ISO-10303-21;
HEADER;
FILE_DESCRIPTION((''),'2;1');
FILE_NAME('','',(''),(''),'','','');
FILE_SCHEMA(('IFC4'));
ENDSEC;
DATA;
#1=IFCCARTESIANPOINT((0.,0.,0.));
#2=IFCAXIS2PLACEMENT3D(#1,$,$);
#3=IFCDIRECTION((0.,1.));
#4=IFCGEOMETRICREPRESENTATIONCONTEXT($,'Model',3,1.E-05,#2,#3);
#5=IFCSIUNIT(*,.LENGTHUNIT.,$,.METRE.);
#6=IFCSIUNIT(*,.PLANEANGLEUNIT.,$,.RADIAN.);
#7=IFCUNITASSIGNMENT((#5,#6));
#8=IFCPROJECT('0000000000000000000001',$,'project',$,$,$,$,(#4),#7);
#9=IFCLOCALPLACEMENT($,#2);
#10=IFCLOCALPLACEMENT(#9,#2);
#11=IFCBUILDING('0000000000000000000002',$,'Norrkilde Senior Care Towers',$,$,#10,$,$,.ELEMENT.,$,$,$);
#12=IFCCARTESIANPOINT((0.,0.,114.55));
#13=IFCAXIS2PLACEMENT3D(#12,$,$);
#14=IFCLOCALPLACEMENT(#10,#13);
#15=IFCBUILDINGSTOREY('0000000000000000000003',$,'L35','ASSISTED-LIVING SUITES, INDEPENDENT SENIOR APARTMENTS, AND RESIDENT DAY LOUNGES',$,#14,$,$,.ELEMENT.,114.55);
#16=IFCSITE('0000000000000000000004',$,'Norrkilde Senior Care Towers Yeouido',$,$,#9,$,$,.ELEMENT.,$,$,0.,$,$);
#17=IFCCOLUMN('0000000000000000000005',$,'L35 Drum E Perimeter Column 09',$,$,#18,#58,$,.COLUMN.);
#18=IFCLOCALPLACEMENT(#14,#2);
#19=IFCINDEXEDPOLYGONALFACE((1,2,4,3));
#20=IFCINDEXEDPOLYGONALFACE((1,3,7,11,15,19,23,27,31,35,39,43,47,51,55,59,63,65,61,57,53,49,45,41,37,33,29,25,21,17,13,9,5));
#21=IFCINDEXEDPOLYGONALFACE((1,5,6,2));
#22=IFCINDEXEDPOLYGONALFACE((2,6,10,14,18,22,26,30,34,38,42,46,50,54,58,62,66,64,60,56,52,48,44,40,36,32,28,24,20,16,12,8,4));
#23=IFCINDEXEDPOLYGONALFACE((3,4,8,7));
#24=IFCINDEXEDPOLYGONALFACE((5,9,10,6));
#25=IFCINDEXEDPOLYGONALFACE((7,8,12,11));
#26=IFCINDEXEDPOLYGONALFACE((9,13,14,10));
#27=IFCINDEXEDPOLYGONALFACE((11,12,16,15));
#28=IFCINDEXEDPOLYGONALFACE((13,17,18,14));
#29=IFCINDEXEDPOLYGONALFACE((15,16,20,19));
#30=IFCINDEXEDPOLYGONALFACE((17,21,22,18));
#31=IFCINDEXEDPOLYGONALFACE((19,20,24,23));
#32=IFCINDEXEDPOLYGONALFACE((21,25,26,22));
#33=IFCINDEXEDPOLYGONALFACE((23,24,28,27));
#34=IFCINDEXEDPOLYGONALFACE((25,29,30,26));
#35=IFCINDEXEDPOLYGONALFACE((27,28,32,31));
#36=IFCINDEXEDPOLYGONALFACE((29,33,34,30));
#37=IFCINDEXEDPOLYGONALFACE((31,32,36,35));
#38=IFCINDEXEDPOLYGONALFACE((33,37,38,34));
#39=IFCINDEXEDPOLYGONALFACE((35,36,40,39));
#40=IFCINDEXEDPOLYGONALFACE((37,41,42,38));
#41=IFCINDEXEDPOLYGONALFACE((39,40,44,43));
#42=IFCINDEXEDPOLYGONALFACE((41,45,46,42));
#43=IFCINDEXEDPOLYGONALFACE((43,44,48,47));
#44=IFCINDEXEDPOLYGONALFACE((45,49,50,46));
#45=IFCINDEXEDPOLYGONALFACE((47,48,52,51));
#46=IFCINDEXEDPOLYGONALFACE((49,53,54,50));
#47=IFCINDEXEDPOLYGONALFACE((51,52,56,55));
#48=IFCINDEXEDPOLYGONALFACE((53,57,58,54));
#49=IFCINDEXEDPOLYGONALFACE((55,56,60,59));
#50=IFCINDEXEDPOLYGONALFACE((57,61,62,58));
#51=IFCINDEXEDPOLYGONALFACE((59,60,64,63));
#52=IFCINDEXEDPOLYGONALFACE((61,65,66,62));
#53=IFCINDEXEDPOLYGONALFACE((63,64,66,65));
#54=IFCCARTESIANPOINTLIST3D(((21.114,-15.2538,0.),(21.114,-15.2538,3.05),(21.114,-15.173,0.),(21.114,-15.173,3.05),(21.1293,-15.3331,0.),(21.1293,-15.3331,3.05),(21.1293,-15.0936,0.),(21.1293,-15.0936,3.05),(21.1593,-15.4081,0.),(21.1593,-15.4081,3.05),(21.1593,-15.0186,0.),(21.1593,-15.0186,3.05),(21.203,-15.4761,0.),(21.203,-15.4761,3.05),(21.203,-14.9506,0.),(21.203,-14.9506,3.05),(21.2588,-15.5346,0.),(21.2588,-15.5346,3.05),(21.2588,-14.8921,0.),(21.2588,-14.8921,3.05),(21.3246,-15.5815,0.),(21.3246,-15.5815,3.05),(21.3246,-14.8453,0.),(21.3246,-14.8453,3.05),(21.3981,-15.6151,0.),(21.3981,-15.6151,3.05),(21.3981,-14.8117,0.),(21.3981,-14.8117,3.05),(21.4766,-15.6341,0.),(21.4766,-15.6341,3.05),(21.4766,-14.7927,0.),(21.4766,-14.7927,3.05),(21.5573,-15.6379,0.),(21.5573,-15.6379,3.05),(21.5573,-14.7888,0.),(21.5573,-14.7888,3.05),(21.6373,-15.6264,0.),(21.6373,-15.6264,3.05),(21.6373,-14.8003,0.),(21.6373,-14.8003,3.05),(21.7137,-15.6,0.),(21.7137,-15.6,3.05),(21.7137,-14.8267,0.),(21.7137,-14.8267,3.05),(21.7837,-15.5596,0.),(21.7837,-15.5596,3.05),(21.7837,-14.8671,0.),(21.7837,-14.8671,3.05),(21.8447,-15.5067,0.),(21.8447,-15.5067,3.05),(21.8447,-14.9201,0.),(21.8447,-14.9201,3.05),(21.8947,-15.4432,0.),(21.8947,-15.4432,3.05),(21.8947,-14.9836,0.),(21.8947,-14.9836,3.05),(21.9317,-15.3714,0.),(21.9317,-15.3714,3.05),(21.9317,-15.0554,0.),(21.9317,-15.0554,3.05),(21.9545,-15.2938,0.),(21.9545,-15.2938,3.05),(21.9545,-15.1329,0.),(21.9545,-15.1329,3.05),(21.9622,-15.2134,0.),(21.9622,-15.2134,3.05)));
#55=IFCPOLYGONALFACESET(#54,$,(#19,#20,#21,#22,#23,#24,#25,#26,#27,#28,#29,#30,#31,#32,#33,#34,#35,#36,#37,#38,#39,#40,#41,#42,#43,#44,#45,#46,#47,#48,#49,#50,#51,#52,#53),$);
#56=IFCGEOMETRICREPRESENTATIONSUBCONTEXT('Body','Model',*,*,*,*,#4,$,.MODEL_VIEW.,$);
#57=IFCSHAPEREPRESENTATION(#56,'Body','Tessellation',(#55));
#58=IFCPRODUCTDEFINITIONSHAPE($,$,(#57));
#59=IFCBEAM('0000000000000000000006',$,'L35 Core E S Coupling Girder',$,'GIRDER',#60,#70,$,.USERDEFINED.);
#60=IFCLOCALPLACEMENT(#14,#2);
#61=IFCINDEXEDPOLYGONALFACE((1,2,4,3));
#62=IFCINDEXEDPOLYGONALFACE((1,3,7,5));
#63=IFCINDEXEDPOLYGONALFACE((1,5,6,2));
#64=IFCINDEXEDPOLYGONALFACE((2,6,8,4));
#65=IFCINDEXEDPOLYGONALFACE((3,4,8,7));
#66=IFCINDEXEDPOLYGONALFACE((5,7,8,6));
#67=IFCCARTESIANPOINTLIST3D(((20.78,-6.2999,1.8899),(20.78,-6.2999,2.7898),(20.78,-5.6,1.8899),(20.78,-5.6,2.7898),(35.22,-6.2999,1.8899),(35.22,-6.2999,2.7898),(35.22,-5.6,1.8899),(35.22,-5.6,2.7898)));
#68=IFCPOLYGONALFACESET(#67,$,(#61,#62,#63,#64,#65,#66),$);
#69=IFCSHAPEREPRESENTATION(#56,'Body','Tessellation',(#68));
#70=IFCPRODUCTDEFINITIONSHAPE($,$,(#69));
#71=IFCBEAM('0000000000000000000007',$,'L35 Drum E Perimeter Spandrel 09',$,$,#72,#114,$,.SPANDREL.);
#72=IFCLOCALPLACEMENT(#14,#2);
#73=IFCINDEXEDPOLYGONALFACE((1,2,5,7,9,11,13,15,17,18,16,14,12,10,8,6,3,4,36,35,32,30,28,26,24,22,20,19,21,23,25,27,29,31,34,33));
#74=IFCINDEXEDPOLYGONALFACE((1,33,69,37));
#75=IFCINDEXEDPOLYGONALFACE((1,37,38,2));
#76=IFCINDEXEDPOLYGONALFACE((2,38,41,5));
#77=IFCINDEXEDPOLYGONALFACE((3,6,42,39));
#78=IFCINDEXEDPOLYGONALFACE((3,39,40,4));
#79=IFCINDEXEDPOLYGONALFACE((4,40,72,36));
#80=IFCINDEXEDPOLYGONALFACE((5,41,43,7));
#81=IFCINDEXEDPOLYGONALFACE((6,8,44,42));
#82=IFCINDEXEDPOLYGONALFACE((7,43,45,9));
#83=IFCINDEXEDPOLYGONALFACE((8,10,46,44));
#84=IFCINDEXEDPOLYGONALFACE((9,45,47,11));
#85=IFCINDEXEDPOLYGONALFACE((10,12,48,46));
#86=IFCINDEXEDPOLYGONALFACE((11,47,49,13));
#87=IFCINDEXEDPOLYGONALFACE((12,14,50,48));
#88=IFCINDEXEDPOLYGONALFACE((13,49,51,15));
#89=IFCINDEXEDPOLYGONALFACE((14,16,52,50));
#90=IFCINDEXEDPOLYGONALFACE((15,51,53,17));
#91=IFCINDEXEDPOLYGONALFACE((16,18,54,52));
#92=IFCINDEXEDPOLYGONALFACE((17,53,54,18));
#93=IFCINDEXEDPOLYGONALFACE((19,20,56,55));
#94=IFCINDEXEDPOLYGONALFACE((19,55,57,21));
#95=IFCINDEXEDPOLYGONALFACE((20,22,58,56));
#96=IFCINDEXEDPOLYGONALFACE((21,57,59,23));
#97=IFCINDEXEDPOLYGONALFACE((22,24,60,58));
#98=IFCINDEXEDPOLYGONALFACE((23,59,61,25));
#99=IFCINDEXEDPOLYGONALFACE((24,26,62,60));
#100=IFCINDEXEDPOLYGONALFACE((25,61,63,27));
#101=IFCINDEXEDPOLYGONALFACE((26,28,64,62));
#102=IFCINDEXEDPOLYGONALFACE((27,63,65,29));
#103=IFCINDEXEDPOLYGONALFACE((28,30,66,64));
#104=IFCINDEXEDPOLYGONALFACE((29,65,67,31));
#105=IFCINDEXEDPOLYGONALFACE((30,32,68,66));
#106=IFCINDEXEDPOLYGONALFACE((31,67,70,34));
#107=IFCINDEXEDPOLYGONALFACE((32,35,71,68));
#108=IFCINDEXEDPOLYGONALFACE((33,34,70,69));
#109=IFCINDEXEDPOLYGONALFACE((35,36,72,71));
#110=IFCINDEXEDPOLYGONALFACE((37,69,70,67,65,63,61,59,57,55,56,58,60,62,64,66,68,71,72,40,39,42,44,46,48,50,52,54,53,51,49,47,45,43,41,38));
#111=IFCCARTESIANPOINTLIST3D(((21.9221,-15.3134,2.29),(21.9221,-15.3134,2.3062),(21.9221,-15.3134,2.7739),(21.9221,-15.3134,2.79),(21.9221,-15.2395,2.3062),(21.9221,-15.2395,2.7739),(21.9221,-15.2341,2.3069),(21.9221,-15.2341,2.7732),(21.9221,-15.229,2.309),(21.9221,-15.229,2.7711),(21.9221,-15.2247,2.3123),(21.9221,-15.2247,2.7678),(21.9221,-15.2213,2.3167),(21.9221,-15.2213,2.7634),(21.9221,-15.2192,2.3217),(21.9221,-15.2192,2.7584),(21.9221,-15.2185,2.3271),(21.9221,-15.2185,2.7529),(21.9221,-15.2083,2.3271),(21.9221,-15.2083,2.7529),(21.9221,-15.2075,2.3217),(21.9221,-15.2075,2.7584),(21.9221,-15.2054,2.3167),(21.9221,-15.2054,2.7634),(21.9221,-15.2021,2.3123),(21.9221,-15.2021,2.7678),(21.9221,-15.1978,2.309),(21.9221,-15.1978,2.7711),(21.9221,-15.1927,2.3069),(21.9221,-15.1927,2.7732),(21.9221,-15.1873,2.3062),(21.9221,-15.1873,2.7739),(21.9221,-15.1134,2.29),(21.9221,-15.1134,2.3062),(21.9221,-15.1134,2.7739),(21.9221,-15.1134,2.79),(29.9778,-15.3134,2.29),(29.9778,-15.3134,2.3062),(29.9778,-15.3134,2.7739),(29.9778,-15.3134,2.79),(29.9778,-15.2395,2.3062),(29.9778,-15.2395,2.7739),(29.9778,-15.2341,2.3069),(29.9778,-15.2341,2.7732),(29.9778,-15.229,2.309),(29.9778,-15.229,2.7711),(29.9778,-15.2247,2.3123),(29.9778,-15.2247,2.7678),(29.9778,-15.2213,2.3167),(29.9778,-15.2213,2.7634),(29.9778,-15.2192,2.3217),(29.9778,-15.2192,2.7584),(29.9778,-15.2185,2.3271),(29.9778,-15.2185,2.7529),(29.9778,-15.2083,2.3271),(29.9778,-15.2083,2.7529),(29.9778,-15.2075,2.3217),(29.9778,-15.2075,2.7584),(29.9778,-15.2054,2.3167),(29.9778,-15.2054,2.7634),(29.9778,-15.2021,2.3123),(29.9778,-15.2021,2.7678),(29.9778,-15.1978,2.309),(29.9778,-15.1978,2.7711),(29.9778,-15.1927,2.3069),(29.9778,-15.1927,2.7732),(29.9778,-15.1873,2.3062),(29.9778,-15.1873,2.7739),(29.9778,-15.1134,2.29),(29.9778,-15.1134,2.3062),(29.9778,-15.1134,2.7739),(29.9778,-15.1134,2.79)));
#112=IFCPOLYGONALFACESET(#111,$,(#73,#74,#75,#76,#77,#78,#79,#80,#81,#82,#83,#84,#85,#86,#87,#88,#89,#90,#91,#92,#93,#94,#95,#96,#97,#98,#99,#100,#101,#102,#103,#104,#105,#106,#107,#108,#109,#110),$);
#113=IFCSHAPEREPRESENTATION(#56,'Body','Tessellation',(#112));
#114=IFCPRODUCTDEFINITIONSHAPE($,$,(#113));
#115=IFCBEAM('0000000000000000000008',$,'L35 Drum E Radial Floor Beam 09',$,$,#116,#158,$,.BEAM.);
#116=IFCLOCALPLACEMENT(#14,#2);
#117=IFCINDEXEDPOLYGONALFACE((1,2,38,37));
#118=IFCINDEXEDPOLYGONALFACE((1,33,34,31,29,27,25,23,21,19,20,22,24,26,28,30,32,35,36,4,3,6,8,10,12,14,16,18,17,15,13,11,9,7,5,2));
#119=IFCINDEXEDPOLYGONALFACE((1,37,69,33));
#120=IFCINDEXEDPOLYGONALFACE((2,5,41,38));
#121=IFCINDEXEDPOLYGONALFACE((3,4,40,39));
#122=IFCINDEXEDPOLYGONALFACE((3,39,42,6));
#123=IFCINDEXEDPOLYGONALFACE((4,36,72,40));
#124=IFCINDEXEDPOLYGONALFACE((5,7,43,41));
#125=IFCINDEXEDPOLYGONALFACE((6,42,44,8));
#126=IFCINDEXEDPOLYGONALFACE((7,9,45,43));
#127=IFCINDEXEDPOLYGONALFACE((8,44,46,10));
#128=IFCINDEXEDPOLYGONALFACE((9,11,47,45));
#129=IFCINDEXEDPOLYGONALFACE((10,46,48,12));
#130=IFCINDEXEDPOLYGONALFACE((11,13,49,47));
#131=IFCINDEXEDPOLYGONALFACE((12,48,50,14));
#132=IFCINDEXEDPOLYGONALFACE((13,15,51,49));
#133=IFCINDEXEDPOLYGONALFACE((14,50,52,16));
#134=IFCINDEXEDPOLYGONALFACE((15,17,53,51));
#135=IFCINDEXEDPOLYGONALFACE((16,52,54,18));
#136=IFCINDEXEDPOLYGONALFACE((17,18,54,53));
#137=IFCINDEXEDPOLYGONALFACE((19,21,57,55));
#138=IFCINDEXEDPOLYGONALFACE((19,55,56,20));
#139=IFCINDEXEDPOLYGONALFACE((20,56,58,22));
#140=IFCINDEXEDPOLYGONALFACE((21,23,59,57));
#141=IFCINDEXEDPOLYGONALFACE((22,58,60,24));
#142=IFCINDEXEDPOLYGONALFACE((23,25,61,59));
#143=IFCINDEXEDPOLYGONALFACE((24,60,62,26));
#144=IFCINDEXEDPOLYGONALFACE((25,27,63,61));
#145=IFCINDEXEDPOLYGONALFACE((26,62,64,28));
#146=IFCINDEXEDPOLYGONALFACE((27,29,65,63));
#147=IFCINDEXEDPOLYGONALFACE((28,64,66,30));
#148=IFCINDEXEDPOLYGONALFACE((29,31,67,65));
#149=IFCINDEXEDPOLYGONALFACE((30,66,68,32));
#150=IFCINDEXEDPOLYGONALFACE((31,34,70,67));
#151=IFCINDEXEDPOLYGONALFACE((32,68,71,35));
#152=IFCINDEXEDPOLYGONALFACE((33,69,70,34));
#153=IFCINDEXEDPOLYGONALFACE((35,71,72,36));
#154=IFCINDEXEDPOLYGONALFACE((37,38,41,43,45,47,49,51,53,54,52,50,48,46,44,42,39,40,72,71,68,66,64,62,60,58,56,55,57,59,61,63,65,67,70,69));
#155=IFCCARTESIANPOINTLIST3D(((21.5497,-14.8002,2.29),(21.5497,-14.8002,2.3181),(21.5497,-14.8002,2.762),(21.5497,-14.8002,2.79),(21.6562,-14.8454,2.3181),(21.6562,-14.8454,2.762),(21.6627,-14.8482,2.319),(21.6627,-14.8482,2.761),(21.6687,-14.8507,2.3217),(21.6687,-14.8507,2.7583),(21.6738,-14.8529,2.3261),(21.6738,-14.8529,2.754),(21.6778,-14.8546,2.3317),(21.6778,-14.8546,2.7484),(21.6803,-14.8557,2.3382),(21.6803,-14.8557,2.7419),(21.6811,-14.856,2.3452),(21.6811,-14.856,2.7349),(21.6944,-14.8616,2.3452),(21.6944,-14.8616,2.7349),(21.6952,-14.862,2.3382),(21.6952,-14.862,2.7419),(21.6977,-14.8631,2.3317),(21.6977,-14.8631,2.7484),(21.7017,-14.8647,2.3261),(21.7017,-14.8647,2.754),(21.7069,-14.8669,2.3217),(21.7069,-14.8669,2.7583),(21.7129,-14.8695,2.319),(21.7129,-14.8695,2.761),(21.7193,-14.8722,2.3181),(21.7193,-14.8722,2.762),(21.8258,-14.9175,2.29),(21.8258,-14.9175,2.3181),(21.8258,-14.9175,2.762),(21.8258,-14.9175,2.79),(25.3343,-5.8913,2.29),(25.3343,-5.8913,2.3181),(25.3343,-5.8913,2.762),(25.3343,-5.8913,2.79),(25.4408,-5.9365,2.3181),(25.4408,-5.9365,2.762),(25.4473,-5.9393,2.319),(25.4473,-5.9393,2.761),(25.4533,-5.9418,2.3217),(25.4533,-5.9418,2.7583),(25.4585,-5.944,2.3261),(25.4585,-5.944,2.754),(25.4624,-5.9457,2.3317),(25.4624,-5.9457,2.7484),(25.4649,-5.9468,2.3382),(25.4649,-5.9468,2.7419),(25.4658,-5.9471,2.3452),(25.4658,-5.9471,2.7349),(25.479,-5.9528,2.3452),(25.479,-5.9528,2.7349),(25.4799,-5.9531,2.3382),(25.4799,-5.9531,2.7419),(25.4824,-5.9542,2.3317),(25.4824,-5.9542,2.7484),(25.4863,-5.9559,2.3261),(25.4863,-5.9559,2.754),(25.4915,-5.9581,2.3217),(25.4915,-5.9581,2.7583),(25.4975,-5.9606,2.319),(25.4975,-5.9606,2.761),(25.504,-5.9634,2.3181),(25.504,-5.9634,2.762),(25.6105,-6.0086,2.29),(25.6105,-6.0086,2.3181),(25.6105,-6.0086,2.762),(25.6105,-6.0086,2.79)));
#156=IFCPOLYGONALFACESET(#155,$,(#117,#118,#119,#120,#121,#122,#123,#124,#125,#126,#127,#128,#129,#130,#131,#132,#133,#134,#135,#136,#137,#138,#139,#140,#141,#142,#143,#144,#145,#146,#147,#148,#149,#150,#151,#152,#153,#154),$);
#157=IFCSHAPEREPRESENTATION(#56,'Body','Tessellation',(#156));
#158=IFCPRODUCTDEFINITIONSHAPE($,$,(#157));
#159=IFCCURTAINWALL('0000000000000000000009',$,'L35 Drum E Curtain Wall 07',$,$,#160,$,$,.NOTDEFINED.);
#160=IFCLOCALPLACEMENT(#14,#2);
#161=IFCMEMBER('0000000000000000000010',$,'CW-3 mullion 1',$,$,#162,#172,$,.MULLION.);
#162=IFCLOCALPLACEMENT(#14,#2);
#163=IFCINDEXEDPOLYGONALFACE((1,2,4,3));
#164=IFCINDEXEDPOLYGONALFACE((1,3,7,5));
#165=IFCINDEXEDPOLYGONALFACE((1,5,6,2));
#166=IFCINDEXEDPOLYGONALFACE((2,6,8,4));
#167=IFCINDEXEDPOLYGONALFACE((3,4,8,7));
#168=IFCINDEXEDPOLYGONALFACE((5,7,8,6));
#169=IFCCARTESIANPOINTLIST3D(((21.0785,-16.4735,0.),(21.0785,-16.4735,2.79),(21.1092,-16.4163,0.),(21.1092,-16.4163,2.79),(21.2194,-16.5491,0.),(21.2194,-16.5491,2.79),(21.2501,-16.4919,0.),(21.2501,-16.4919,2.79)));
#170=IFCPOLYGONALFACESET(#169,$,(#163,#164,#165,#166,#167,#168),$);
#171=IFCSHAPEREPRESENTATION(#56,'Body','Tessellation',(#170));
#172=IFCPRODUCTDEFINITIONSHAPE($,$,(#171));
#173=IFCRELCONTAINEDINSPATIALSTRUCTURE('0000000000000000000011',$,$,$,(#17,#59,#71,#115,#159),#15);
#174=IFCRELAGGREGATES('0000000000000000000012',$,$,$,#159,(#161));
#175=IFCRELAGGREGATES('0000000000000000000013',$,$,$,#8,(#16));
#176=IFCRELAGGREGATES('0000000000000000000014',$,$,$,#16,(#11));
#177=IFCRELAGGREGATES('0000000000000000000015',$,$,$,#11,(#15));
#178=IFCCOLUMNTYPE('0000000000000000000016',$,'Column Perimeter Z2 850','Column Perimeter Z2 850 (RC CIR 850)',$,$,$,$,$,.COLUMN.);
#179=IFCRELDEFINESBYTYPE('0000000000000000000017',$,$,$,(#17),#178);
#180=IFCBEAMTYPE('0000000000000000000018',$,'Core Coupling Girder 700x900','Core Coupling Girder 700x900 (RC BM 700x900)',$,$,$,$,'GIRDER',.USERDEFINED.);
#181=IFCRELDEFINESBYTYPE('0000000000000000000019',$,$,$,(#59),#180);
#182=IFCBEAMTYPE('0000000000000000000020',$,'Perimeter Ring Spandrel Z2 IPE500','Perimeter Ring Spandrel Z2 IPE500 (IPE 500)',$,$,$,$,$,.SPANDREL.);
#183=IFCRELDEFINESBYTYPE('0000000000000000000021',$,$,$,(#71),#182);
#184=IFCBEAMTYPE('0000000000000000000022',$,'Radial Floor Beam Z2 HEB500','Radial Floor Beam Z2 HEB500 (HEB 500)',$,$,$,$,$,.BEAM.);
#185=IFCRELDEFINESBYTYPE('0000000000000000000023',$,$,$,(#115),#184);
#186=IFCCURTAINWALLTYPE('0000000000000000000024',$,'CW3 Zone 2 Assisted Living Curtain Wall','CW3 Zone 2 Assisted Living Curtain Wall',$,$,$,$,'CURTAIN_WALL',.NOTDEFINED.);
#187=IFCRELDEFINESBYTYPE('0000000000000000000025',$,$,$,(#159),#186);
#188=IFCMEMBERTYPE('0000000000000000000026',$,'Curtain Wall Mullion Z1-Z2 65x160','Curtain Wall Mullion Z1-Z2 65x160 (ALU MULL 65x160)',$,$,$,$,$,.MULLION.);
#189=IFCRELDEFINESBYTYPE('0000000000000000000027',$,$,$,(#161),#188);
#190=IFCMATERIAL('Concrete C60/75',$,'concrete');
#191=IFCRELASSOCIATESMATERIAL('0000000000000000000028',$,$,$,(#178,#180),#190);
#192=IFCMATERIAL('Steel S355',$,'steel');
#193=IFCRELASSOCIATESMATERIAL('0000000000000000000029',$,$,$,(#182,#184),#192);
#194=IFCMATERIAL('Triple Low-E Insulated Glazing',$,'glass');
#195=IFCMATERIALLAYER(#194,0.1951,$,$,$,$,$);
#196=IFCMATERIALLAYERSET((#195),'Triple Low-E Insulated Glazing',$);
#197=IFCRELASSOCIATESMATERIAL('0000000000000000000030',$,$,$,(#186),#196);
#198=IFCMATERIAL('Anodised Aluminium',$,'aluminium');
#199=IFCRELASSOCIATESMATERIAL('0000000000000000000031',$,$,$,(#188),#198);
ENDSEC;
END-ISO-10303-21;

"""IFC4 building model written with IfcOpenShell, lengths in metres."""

from ifc_helpers import new_model, si_unit, direction, frame, origin, origin_2d, place, context, subcontext, project, spatial, rectangle, circle, i_section, extrude, source, transform, mapped, material, layer, layer_set, material_profile, profile_set, type_object, type_shapes, element, aggregate, save


model = new_model("IFC4")

# Units and contexts
model_context = context("Model", 3, precision=1e-05, world=origin(), true_north=direction((0.0, 1.0)))
body_context = subcontext(model_context, "Body", "Model", "MODEL_VIEW")
ifc_project = project(units=[si_unit("LENGTHUNIT", "METRE"), si_unit("PLANEANGLEUNIT", "RADIAN")], contexts=[model_context])

# Site, building, storey
site_placement = place(None, origin())
site = spatial("IfcSite", under=ifc_project, at=site_placement, Name="Norrkilde Senior Care Towers Yeouido", CompositionType="ELEMENT", RefElevation=0.0)
building_placement = place(site_placement, origin())
building = spatial("IfcBuilding", under=site, at=building_placement, Name="Norrkilde Senior Care Towers", CompositionType="ELEMENT")
storey_placement = place(building_placement, frame((0.0, 0.0, 114.55)))
storey = spatial("IfcBuildingStorey", under=building, at=storey_placement, Name="L35", Description="ASSISTED-LIVING SUITES, INDEPENDENT SENIOR APARTMENTS, AND RESIDENT DAY LOUNGES", CompositionType="ELEMENT", Elevation=114.55)

# Column
ifc_material_1 = material(Name="Concrete C60/75", Category="concrete")
ifc_material_profile_1 = material_profile(ifc_material_1, circle(Radius=0.425, at=origin_2d()), Name="RC CIR 850")
ifc_profile_set_1 = profile_set([ifc_material_profile_1], Name="Concrete C60/75")
column_type = type_object("IfcColumnType", Name="Column Perimeter Z2 850", Description="Column Perimeter Z2 850 (RC CIR 850)", PredefinedType="COLUMN", material=ifc_profile_set_1)
shared_shape_1 = source(origin(), body_context, "Body", "SweptSolid", [
    extrude(circle(Radius=0.425, at=origin_2d()), origin(), (0.0, 0.0, 1.0), 3.05),
])
type_shapes(column_type, [shared_shape_1])
column_placement = place(storey_placement, frame((21.5371, -15.2134, 0.0), z_axis=(0.0, 0.0, 1.0), x_axis=(1.0, 0.0, 0.0)))
element("IfcColumn", 1, at=column_placement, inside=storey, type_object=column_type, Name="L35 Drum E Perimeter Column 09", PredefinedType="COLUMN", context=body_context, shape_type="MappedRepresentation", body=[
    mapped(shared_shape_1, transform((0.0, 0.0, 0.0), x_axis=(1.0, 0.0, 0.0), y_axis=(0.0, 1.0, 0.0), z_axis=(0.0, 0.0, 1.0), scale=1.0)),
])

# Beams
ifc_material_profile_2 = material_profile(ifc_material_1, rectangle(XDim=0.7, YDim=0.8999, at=origin_2d()), Name="RC BM 700x900")
ifc_profile_set_2 = profile_set([ifc_material_profile_2], Name="Concrete C60/75")
beam_type_1 = type_object("IfcBeamType", Name="Core Coupling Girder 700x900", Description="Core Coupling Girder 700x900 (RC BM 700x900)", ElementType="GIRDER", PredefinedType="USERDEFINED", material=ifc_profile_set_2)
shared_shape_2 = source(origin(), body_context, "Body", "SweptSolid", [
    extrude(rectangle(XDim=0.7, YDim=0.8999, at=origin_2d()), origin(), (0.0, 0.0, 1.0), 14.4399),
])
type_shapes(beam_type_1, [shared_shape_2])
beam_1_placement = place(storey_placement, frame((20.78, -5.95, 2.3398), z_axis=(1.0, 0.0, 0.0), x_axis=(0.0, 1.0, 0.0)))
element("IfcBeam", 2, at=beam_1_placement, inside=storey, type_object=beam_type_1, Name="L35 Core E S Coupling Girder", ObjectType="GIRDER", PredefinedType="USERDEFINED", context=body_context, shape_type="MappedRepresentation", body=[
    mapped(shared_shape_2, transform((0.0, 0.0, 0.0), x_axis=(1.0, 0.0, 0.0), y_axis=(0.0, 1.0, 0.0), z_axis=(0.0, 0.0, 1.0), scale=1.0)),
])
ifc_material_2 = material(Name="Steel S355", Category="steel")
ifc_material_profile_3 = material_profile(ifc_material_2, i_section(OverallWidth=0.2, OverallDepth=0.5, WebThickness=0.0103, FlangeThickness=0.0161, FilletRadius=0.021, at=origin_2d()), Name="IPE 500")
ifc_profile_set_3 = profile_set([ifc_material_profile_3], Name="Steel S355")
beam_type_2 = type_object("IfcBeamType", Name="Perimeter Ring Spandrel Z2 IPE500", Description="Perimeter Ring Spandrel Z2 IPE500 (IPE 500)", PredefinedType="SPANDREL", material=ifc_profile_set_3)
shared_shape_3 = source(origin(), body_context, "Body", "SweptSolid", [
    extrude(i_section(OverallWidth=0.2, OverallDepth=0.5, WebThickness=0.0103, FlangeThickness=0.0161, FilletRadius=0.021, at=origin_2d()), origin(), (0.0, 0.0, 1.0), 8.0557),
])
type_shapes(beam_type_2, [shared_shape_3])
beam_2_placement = place(storey_placement, frame((21.9221, -15.2134, 2.54), z_axis=(1.0, 0.0, 0.0), x_axis=(0.0, 1.0, 0.0)))
element("IfcBeam", 3, at=beam_2_placement, inside=storey, type_object=beam_type_2, Name="L35 Drum E Perimeter Spandrel 09", PredefinedType="SPANDREL", context=body_context, shape_type="MappedRepresentation", body=[
    mapped(shared_shape_3, transform((0.0, 0.0, 0.0), x_axis=(1.0, 0.0, 0.0), y_axis=(0.0, 1.0, 0.0), z_axis=(0.0, 0.0, 1.0), scale=1.0)),
])
ifc_material_profile_4 = material_profile(ifc_material_2, i_section(OverallWidth=0.3, OverallDepth=0.5, WebThickness=0.0144, FlangeThickness=0.0281, FilletRadius=0.0271, at=origin_2d()), Name="HEB 500")
ifc_profile_set_4 = profile_set([ifc_material_profile_4], Name="Steel S355")
beam_type_3 = type_object("IfcBeamType", Name="Radial Floor Beam Z2 HEB500", Description="Radial Floor Beam Z2 HEB500 (HEB 500)", PredefinedType="BEAM", material=ifc_profile_set_4)
shared_shape_4 = source(origin(), body_context, "Body", "SweptSolid", [
    extrude(i_section(OverallWidth=0.3, OverallDepth=0.5, WebThickness=0.0144, FlangeThickness=0.0281, FilletRadius=0.0271, at=origin_2d()), origin(), (0.0, 0.0, 1.0), 9.6794),
])
type_shapes(beam_type_3, [shared_shape_4])
beam_3_placement = place(storey_placement, frame((25.4724, -5.95, 2.54), z_axis=(-0.390998, -0.920392, 0.0), x_axis=(0.920392, -0.390998, 0.0)))
element("IfcBeam", 4, at=beam_3_placement, inside=storey, type_object=beam_type_3, Name="L35 Drum E Radial Floor Beam 09", PredefinedType="BEAM", context=body_context, shape_type="MappedRepresentation", body=[
    mapped(shared_shape_4, transform((0.0, 0.0, 0.0), x_axis=(1.0, 0.0, 0.0), y_axis=(0.0, 1.0, 0.0), z_axis=(0.0, 0.0, 1.0), scale=1.0)),
])

# Curtain wall, member
ifc_material_3 = material(Name="Triple Low-E Insulated Glazing", Category="glass")
ifc_layer_1 = layer(ifc_material_3, 0.1951)
ifc_layer_set_1 = layer_set([ifc_layer_1], Name="Triple Low-E Insulated Glazing")
curtain_wall_type = type_object("IfcCurtainWallType", Name="CW3 Zone 2 Assisted Living Curtain Wall", Description="CW3 Zone 2 Assisted Living Curtain Wall", ElementType="CURTAIN_WALL", PredefinedType="NOTDEFINED", material=ifc_layer_set_1)
curtain_wall_1_placement = place(storey_placement, origin())
curtain_wall_1 = element("IfcCurtainWall", 5, at=curtain_wall_1_placement, inside=storey, type_object=curtain_wall_type, Name="L35 Drum E Curtain Wall 07", PredefinedType="NOTDEFINED")
ifc_material_4 = material(Name="Anodised Aluminium", Category="aluminium")
ifc_material_profile_5 = material_profile(ifc_material_4, rectangle(XDim=0.0649, YDim=0.1599, at=origin_2d()), Name="ALU MULL 65x160")
ifc_profile_set_5 = profile_set([ifc_material_profile_5], Name="Anodised Aluminium")
member_type_1 = type_object("IfcMemberType", Name="Curtain Wall Mullion Z1-Z2 65x160", Description="Curtain Wall Mullion Z1-Z2 65x160 (ALU MULL 65x160)", PredefinedType="MULLION", material=ifc_profile_set_5)
shared_shape_5 = source(origin(), body_context, "Body", "SweptSolid", [
    extrude(rectangle(XDim=0.0649, YDim=0.1599, at=origin_2d()), origin(), (0.0, 0.0, 1.0), 2.79),
])
type_shapes(member_type_1, [shared_shape_5])
member_1_placement = place(storey_placement, frame((21.1643, -16.4827, 0.0), z_axis=(0.0, 0.0, 1.0), x_axis=(-0.472769, -0.881186, 0.0)))
member_1 = element("IfcMember", 6, at=member_1_placement, type_object=member_type_1, Name="CW-3 mullion 1", PredefinedType="MULLION", context=body_context, shape_type="MappedRepresentation", body=[
    mapped(shared_shape_5, transform((0.0, 0.0, 0.0), x_axis=(1.0, 0.0, 0.0), y_axis=(0.0, 1.0, 0.0), z_axis=(0.0, 0.0, 1.0), scale=1.0)),
])

aggregate(curtain_wall_1, [member_1])

save(model, "model.ifc")
